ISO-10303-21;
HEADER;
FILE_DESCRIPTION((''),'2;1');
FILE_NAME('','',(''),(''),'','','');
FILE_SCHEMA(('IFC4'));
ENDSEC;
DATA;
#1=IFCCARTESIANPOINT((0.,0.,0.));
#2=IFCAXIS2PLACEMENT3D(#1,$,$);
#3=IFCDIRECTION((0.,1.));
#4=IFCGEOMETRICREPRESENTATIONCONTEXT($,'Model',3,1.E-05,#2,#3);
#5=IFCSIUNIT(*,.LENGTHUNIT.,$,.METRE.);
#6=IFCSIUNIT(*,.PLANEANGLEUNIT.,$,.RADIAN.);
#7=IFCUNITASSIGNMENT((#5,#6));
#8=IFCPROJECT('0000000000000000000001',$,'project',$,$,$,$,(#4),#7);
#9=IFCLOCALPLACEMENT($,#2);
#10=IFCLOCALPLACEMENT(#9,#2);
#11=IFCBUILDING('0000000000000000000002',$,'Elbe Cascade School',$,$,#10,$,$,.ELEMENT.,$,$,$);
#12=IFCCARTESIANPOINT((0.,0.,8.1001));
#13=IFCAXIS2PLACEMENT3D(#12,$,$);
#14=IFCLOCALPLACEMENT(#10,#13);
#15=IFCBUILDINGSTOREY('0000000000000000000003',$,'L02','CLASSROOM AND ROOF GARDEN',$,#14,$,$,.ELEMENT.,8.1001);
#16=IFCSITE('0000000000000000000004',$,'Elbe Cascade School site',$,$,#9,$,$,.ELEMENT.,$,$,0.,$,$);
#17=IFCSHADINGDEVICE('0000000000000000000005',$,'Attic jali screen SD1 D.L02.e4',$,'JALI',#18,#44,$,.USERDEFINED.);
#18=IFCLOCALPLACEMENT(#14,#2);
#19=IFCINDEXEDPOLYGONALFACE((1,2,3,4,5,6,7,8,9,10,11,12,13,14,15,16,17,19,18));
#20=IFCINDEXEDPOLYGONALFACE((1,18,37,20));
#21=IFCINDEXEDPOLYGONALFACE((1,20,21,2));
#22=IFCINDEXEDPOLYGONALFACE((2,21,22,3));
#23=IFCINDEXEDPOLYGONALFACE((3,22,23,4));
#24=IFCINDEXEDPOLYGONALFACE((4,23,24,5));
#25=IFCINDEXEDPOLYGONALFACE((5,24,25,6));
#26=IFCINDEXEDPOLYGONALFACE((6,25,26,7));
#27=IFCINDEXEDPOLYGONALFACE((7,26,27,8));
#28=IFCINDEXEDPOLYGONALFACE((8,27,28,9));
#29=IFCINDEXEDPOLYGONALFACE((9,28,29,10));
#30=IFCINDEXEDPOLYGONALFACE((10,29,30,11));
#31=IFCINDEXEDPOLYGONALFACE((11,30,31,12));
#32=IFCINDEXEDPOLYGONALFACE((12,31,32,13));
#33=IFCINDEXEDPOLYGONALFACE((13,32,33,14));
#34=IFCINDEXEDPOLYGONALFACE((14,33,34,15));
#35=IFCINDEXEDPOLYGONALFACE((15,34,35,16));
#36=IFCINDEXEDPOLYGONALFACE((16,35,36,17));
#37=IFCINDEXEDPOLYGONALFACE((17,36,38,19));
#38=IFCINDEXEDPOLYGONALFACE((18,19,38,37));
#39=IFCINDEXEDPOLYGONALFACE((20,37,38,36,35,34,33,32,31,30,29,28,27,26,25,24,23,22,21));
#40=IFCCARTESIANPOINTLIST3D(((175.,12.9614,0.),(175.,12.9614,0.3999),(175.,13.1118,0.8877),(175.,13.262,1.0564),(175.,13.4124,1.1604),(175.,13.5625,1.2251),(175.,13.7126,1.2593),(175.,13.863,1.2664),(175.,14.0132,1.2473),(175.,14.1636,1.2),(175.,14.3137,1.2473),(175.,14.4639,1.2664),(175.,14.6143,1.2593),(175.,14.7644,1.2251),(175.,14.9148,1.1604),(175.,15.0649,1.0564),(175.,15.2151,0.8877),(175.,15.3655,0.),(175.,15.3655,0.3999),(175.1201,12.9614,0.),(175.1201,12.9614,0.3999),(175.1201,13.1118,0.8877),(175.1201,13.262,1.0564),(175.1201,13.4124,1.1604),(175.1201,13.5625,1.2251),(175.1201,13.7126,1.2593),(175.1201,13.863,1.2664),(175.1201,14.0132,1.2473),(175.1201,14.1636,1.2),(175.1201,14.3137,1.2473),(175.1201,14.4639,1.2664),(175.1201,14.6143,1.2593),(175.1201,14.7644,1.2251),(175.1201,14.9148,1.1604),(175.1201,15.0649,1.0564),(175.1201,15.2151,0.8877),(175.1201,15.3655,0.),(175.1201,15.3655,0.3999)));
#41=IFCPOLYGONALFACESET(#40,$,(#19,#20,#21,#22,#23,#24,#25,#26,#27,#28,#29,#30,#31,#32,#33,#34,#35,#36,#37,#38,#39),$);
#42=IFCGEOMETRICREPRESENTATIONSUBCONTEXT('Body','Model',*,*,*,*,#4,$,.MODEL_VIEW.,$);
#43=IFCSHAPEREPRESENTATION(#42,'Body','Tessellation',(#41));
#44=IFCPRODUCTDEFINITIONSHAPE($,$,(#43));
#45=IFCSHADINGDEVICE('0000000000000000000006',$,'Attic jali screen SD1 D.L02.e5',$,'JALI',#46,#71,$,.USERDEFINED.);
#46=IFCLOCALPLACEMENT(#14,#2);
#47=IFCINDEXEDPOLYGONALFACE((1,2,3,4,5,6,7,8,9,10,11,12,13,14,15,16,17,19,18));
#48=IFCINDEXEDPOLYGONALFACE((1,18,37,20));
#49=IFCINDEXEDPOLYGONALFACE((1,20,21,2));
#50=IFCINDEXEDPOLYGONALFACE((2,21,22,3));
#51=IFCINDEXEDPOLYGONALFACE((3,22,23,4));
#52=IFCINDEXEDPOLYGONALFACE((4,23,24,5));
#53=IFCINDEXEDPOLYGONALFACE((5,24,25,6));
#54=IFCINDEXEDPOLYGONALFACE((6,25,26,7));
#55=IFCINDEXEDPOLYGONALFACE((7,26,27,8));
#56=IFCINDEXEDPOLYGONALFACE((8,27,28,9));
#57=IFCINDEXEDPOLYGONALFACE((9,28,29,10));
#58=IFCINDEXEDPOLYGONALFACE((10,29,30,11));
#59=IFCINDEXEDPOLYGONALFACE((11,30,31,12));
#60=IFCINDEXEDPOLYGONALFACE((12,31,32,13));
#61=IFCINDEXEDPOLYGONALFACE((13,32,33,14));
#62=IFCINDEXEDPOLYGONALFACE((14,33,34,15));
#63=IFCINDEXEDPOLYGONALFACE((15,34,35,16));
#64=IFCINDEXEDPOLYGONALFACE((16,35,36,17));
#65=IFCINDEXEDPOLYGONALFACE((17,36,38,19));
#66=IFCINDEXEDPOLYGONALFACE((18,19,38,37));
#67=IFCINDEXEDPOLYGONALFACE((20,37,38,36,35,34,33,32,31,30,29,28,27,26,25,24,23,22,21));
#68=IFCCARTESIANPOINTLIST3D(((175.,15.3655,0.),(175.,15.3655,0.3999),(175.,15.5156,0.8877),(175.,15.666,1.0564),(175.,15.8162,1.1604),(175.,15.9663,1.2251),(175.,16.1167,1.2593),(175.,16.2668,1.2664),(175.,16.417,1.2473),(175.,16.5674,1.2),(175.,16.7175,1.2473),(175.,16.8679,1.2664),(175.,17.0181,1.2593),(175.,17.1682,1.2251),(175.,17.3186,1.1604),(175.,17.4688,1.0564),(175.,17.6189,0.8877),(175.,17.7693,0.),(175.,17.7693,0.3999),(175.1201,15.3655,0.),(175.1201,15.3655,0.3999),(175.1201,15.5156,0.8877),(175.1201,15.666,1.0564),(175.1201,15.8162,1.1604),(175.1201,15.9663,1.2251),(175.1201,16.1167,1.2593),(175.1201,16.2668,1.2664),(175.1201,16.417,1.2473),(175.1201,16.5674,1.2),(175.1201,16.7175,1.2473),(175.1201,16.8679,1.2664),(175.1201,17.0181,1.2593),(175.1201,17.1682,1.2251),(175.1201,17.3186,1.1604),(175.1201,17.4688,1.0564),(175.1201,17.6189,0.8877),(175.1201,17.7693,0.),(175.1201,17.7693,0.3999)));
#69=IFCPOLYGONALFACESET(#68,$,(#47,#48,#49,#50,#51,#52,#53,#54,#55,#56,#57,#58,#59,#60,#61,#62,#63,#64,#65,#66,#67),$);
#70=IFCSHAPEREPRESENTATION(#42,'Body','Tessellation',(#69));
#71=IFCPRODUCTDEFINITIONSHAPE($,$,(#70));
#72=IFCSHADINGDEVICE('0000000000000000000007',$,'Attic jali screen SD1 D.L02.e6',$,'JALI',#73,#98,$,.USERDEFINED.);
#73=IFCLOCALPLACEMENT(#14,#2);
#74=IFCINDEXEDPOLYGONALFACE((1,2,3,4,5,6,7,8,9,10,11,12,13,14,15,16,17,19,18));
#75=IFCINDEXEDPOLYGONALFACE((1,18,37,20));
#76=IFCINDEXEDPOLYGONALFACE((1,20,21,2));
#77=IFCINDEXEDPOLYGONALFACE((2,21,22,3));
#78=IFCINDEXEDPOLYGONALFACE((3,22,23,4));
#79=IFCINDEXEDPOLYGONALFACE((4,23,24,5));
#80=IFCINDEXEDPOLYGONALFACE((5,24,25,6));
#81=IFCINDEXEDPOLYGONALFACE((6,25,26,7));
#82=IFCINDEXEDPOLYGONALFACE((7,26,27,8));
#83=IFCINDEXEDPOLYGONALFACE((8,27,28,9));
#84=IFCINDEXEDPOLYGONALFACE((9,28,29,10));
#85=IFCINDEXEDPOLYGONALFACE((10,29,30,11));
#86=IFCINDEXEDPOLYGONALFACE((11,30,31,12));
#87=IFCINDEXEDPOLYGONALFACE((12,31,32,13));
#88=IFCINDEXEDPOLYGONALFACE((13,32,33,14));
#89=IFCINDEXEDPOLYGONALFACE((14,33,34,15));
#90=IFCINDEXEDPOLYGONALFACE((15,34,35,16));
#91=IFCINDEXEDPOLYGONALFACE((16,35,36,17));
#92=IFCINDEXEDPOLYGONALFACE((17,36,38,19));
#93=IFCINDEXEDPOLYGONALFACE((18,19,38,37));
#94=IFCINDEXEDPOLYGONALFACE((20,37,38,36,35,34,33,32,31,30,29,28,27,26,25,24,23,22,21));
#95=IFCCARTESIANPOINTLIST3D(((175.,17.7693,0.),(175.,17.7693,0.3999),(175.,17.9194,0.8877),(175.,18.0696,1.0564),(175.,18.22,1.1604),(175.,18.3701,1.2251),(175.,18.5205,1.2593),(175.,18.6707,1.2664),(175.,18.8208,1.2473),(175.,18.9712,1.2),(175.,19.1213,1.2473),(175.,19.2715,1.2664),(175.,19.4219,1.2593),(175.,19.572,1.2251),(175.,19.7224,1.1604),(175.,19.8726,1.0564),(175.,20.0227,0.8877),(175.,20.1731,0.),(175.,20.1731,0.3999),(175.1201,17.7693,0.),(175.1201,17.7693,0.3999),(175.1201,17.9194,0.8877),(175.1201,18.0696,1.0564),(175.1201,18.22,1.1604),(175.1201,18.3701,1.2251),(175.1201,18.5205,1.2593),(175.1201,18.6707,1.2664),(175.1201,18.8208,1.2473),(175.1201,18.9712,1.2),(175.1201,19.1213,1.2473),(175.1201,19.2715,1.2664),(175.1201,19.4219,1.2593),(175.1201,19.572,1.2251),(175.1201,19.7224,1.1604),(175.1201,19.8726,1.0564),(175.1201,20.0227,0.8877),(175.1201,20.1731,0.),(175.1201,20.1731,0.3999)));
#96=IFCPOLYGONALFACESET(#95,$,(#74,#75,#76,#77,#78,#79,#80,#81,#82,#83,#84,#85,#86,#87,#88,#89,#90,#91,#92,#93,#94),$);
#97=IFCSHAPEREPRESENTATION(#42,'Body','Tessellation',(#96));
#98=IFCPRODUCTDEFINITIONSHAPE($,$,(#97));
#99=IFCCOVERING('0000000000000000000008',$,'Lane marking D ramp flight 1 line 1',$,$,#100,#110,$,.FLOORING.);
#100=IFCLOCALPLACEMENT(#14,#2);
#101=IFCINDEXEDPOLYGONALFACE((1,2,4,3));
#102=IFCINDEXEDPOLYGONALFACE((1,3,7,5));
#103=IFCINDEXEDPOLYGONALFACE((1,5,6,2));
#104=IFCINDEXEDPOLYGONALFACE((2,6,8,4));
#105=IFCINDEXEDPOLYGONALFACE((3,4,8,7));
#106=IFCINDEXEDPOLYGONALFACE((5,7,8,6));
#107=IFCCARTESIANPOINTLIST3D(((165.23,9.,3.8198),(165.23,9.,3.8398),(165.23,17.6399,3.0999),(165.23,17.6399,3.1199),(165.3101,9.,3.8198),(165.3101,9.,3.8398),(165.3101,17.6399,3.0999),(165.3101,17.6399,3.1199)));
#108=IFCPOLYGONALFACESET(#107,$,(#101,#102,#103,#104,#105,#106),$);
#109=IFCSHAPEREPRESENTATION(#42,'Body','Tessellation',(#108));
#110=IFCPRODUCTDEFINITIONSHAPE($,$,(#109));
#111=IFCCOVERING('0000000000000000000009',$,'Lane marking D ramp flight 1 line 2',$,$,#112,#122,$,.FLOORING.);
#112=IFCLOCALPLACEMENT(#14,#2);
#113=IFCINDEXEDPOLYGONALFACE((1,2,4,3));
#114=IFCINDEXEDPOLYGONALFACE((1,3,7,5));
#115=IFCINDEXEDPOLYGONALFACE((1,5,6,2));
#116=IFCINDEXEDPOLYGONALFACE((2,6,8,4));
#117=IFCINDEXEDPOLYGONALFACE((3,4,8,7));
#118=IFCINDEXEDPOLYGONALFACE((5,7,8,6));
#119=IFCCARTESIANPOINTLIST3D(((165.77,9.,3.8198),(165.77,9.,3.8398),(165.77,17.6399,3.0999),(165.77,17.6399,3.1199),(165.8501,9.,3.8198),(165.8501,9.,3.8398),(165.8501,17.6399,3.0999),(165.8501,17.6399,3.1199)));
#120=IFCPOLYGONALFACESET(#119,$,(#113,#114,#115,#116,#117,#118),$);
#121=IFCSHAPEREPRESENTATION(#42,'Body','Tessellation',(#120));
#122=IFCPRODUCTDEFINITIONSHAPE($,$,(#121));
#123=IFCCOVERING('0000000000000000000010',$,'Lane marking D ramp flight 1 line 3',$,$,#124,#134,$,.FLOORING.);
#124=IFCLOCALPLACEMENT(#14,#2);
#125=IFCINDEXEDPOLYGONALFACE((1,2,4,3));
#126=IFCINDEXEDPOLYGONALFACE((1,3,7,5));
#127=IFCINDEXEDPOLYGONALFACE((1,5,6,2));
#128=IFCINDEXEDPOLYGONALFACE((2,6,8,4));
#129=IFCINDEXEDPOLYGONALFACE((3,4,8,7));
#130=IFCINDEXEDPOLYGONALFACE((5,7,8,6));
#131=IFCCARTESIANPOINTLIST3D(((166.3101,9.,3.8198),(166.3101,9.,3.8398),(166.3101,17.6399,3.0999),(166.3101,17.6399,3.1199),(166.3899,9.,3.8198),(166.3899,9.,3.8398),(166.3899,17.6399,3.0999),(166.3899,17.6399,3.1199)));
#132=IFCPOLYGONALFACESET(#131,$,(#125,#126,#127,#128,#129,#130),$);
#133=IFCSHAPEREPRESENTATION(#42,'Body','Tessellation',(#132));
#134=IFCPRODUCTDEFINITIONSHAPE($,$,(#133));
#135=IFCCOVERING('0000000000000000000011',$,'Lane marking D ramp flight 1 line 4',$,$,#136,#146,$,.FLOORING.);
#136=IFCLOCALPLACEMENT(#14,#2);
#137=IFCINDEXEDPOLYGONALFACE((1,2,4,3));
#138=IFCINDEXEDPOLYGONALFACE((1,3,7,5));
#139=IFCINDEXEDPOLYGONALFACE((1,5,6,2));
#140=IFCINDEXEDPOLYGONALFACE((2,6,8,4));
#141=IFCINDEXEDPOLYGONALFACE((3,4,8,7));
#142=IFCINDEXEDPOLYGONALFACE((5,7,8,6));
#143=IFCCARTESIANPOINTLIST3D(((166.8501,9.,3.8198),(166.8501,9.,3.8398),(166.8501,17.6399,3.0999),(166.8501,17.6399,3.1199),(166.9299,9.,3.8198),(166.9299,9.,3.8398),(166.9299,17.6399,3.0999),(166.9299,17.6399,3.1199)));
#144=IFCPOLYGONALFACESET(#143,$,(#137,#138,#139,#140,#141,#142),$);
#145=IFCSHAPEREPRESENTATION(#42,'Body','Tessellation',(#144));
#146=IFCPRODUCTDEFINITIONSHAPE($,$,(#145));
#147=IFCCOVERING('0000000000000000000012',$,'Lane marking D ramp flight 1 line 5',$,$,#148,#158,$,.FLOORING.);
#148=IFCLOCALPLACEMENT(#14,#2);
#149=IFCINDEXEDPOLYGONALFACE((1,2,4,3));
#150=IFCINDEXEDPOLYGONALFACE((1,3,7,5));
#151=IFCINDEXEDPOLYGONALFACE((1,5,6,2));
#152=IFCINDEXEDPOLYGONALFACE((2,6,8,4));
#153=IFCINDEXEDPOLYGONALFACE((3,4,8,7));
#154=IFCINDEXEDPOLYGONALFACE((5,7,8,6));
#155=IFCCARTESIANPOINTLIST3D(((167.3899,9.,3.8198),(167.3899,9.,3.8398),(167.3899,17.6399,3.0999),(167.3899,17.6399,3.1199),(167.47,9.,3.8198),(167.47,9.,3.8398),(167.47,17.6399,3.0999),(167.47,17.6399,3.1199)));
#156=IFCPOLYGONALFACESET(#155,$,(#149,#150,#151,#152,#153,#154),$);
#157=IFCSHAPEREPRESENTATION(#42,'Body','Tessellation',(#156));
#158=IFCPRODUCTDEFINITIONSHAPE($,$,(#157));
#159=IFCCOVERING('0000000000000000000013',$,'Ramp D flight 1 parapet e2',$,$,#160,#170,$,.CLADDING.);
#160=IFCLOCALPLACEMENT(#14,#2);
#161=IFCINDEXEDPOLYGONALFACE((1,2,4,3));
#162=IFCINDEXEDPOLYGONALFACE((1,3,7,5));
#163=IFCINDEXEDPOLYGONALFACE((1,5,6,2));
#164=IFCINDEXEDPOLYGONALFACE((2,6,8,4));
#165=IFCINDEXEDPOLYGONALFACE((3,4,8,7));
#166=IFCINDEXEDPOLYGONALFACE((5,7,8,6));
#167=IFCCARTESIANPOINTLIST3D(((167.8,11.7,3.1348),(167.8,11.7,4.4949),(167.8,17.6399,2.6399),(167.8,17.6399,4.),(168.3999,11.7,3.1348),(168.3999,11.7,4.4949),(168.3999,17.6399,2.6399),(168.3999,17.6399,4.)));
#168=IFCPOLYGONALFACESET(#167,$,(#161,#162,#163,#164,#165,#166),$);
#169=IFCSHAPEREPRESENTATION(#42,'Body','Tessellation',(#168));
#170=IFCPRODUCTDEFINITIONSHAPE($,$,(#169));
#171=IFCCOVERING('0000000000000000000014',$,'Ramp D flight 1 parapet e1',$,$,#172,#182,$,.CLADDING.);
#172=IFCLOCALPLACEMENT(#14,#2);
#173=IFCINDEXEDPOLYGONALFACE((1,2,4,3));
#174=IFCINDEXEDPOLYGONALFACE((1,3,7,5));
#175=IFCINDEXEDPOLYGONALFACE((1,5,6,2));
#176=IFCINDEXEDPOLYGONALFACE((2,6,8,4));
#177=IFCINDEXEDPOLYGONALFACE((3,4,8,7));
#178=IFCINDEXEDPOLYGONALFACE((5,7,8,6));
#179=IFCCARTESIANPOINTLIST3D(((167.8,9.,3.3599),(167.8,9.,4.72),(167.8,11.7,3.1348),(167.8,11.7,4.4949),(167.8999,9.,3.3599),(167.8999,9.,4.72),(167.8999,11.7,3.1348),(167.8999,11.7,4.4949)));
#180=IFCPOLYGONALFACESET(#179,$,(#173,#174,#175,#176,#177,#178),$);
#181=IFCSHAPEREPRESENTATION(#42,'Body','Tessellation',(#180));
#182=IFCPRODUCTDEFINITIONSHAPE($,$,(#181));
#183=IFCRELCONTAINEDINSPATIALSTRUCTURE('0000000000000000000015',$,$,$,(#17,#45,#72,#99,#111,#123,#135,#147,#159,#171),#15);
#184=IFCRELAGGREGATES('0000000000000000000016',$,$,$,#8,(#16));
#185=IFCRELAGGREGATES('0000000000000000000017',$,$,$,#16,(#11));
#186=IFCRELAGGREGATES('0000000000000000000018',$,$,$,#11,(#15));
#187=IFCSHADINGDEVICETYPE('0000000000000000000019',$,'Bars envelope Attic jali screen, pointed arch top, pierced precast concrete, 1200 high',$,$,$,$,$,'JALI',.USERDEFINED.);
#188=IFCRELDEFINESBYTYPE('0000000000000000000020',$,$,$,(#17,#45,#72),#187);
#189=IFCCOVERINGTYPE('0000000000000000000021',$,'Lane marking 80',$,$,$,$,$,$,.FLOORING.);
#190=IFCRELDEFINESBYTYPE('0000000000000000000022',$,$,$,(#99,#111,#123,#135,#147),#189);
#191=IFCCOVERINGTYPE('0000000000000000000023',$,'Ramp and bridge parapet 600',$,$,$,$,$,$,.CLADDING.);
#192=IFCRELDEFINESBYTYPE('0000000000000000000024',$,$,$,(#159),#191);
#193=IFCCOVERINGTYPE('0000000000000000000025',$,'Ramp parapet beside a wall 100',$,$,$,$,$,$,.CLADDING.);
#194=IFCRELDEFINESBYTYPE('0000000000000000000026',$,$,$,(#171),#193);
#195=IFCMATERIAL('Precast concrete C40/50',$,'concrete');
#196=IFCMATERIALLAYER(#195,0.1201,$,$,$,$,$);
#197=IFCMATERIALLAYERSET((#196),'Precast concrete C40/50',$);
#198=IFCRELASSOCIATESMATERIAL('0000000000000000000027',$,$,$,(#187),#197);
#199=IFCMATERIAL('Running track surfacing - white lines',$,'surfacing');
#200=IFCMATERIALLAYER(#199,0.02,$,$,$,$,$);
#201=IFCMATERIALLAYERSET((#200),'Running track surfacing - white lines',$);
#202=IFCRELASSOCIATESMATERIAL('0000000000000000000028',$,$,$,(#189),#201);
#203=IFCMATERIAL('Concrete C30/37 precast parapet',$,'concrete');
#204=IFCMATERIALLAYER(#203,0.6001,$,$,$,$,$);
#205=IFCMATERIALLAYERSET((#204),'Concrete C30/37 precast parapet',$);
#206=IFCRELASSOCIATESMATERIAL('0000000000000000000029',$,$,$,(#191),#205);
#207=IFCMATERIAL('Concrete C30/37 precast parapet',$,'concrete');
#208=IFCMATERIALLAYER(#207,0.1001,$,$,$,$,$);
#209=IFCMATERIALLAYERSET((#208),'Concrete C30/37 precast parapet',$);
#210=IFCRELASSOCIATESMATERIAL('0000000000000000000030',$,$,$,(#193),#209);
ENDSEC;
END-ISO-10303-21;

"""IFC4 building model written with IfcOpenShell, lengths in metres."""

from ifc_helpers import new_model, si_unit, direction, frame, origin, place, context, subcontext, project, spatial, polyline, outline, extrude, material, layer, layer_set, type_object, element, save


model = new_model("IFC4")

# Units and contexts
model_context = context("Model", 3, precision=1e-05, world=origin(), true_north=direction((0.0, 1.0)))
body_context = subcontext(model_context, "Body", "Model", "MODEL_VIEW")
ifc_project = project(units=[si_unit("LENGTHUNIT", "METRE"), si_unit("PLANEANGLEUNIT", "RADIAN")], contexts=[model_context])

# Site, building, storey
site_placement = place(None, origin())
site = spatial("IfcSite", under=ifc_project, at=site_placement, Name="Elbe Cascade School site", CompositionType="ELEMENT", RefElevation=0.0)
building_placement = place(site_placement, origin())
building = spatial("IfcBuilding", under=site, at=building_placement, Name="Elbe Cascade School", CompositionType="ELEMENT")
storey_placement = place(building_placement, frame((0.0, 0.0, 8.1001)))
storey = spatial("IfcBuildingStorey", under=building, at=storey_placement, Name="L02", Description="CLASSROOM AND ROOF GARDEN", CompositionType="ELEMENT", Elevation=8.1001)

# Shading devices
ifc_material_1 = material(Name="Precast concrete C40/50", Category="concrete")
ifc_layer_1 = layer(ifc_material_1, 0.1201)
ifc_layer_set_1 = layer_set([ifc_layer_1], Name="Precast concrete C40/50")
shading_device_type = type_object("IfcShadingDeviceType", Name="Bars envelope Attic jali screen, pointed arch top, pierced precast concrete, 1200 high", ElementType="JALI", PredefinedType="USERDEFINED", material=ifc_layer_set_1)
shading_device_1_placement = place(storey_placement, frame((175.1201, 12.9614, 0.0), z_axis=(1.0, 0.0, 0.0), x_axis=(0.0, 1.0, 0.0)))
element("IfcShadingDevice", 1, at=shading_device_1_placement, inside=storey, type_object=shading_device_type, Name="Attic jali screen SD1 D.L02.e4", ObjectType="JALI", PredefinedType="USERDEFINED", context=body_context, shape_type="SweptSolid", body=[
    extrude(outline(polyline([(0.0, 0.0), (2.4041, 0.0), (2.4041, 0.3999), (2.2537, 0.8877), (2.1035, 1.0564), (1.9534, 1.1604), (1.803, 1.2251), (1.6528, 1.2593), (1.5024, 1.2664), (1.3523, 1.2473), (1.2021, 1.2), (1.0518, 1.2473), (0.9016, 1.2664), (0.7512, 1.2593), (0.6011, 1.2251), (0.4509, 1.1604), (0.3005, 1.0564), (0.1504, 0.8877), (0.0, 0.3999), (0.0, 0.0)])), origin(), (0.0, 0.0, -1.0), 0.1201),
])
shading_device_2_placement = place(storey_placement, frame((175.1201, 15.3655, 0.0), z_axis=(1.0, 0.0, 0.0), x_axis=(0.0, 1.0, 0.0)))
element("IfcShadingDevice", 2, at=shading_device_2_placement, inside=storey, type_object=shading_device_type, Name="Attic jali screen SD1 D.L02.e5", ObjectType="JALI", PredefinedType="USERDEFINED", context=body_context, shape_type="SweptSolid", body=[
    extrude(outline(polyline([(0.0, 0.0), (2.4038, 0.0), (2.4038, 0.3999), (2.2534, 0.8877), (2.1033, 1.0564), (1.9531, 1.1604), (1.8027, 1.2251), (1.6526, 1.2593), (1.5024, 1.2664), (1.3521, 1.2473), (1.2019, 1.2), (1.0515, 1.2473), (0.9014, 1.2664), (0.7512, 1.2593), (0.6008, 1.2251), (0.4507, 1.1604), (0.3005, 1.0564), (0.1501, 0.8877), (0.0, 0.3999), (0.0, 0.0)])), origin(), (0.0, 0.0, -1.0), 0.1201),
])
shading_device_3_placement = place(storey_placement, frame((175.1201, 17.7693, 0.0), z_axis=(1.0, 0.0, 0.0), x_axis=(0.0, 1.0, 0.0)))
element("IfcShadingDevice", 3, at=shading_device_3_placement, inside=storey, type_object=shading_device_type, Name="Attic jali screen SD1 D.L02.e6", ObjectType="JALI", PredefinedType="USERDEFINED", context=body_context, shape_type="SweptSolid", body=[
    extrude(outline(polyline([(0.0, 0.0), (2.4038, 0.0), (2.4038, 0.3999), (2.2534, 0.8877), (2.1033, 1.0564), (1.9531, 1.1604), (1.8027, 1.2251), (1.6526, 1.2593), (1.5022, 1.2664), (1.3521, 1.2473), (1.2019, 1.2), (1.0515, 1.2473), (0.9014, 1.2664), (0.7512, 1.2593), (0.6008, 1.2251), (0.4507, 1.1604), (0.3003, 1.0564), (0.1501, 0.8877), (0.0, 0.3999), (0.0, 0.0)])), origin(), (0.0, 0.0, -1.0), 0.1201),
])

# Coverings
ifc_material_2 = material(Name="Running track surfacing - white lines", Category="surfacing")
ifc_layer_2 = layer(ifc_material_2, 0.02)
ifc_layer_set_2 = layer_set([ifc_layer_2], Name="Running track surfacing - white lines")
covering_type_1 = type_object("IfcCoveringType", Name="Lane marking 80", PredefinedType="FLOORING", material=ifc_layer_set_2)
for number, where, z_axis, x_axis, name in (
    (4, (165.23, 9.0, 3.8398), (0.0, 0.083043, 0.996546), (0.0, 0.996546, -0.083043), "Lane marking D ramp flight 1 line 1"),
    (5, (165.77, 9.0, 3.8398), (0.0, 0.083043, 0.996546), (0.0, 0.996546, -0.083043), "Lane marking D ramp flight 1 line 2"),
):
    element("IfcCovering", number, at=place(storey_placement, frame(where, z_axis=z_axis, x_axis=x_axis)), inside=storey, type_object=covering_type_1, Name=name, PredefinedType="FLOORING", context=body_context, shape_type="SweptSolid", body=[
        extrude(outline(polyline([(0.0, 0.0), (8.6698, 0.0), (8.6698, -0.0801), (0.0, -0.0801), (0.0, 0.0)])), origin(), (0.083043, 0.0, -0.996546), 0.02),
    ])
for number, where, z_axis, x_axis, name in (
    (6, (166.3101, 9.0, 3.8398), (0.0, 0.083043, 0.996546), (0.0, 0.996546, -0.083043), "Lane marking D ramp flight 1 line 3"),
    (7, (166.8501, 9.0, 3.8398), (0.0, 0.083043, 0.996546), (0.0, 0.996546, -0.083043), "Lane marking D ramp flight 1 line 4"),
):
    element("IfcCovering", number, at=place(storey_placement, frame(where, z_axis=z_axis, x_axis=x_axis)), inside=storey, type_object=covering_type_1, Name=name, PredefinedType="FLOORING", context=body_context, shape_type="SweptSolid", body=[
        extrude(outline(polyline([(0.0, 0.0), (8.6698, 0.0), (8.6698, -0.0798), (0.0, -0.0798), (0.0, 0.0)])), origin(), (0.083043, 0.0, -0.996546), 0.02),
    ])
covering_1_placement = place(storey_placement, frame((167.3899, 9.0, 3.8398), z_axis=(0.0, 0.083043, 0.996546), x_axis=(0.0, 0.996546, -0.083043)))
element("IfcCovering", 8, at=covering_1_placement, inside=storey, type_object=covering_type_1, Name="Lane marking D ramp flight 1 line 5", PredefinedType="FLOORING", context=body_context, shape_type="SweptSolid", body=[
    extrude(outline(polyline([(0.0, 0.0), (8.6698, 0.0), (8.6698, -0.0801), (0.0, -0.0801), (0.0, 0.0)])), origin(), (0.083043, 0.0, -0.996546), 0.02),
])
ifc_material_3 = material(Name="Concrete C30/37 precast parapet", Category="concrete")
ifc_layer_3 = layer(ifc_material_3, 0.6001)
ifc_layer_set_3 = layer_set([ifc_layer_3], Name="Concrete C30/37 precast parapet")
covering_type_2 = type_object("IfcCoveringType", Name="Ramp and bridge parapet 600", PredefinedType="CLADDING", material=ifc_layer_set_3)
covering_2_placement = place(storey_placement, frame((167.8, 11.7, 4.4949), z_axis=(0.0, 0.083025, 0.996547), x_axis=(0.0, 0.996547, -0.083025)))
element("IfcCovering", 9, at=covering_2_placement, inside=storey, type_object=covering_type_2, Name="Ramp D flight 1 parapet e2", PredefinedType="CLADDING", context=body_context, shape_type="SweptSolid", body=[
    extrude(outline(polyline([(0.0, 0.0), (5.9605, 0.0), (5.9605, -0.5999), (0.0, -0.5999), (0.0, 0.0)])), origin(), (0.083025, 0.0, -0.996547), 1.3601),
])
ifc_material_4 = material(Name="Concrete C30/37 precast parapet", Category="concrete")
ifc_layer_4 = layer(ifc_material_4, 0.1001)
ifc_layer_set_4 = layer_set([ifc_layer_4], Name="Concrete C30/37 precast parapet")
covering_type_3 = type_object("IfcCoveringType", Name="Ramp parapet beside a wall 100", PredefinedType="CLADDING", material=ifc_layer_set_4)
covering_3_placement = place(storey_placement, frame((167.8, 9.0, 4.72), z_axis=(0.0, 0.083083, 0.996543), x_axis=(0.0, 0.996543, -0.083083)))
element("IfcCovering", 10, at=covering_3_placement, inside=storey, type_object=covering_type_3, Name="Ramp D flight 1 parapet e1", PredefinedType="CLADDING", context=body_context, shape_type="SweptSolid", body=[
    extrude(outline(polyline([(0.0, 0.0), (2.7093, 0.0), (2.7093, -0.0999), (0.0, -0.0999), (0.0, 0.0)])), origin(), (0.083083, 0.0, -0.996543), 1.3601),
])

save(model, "model.ifc")
